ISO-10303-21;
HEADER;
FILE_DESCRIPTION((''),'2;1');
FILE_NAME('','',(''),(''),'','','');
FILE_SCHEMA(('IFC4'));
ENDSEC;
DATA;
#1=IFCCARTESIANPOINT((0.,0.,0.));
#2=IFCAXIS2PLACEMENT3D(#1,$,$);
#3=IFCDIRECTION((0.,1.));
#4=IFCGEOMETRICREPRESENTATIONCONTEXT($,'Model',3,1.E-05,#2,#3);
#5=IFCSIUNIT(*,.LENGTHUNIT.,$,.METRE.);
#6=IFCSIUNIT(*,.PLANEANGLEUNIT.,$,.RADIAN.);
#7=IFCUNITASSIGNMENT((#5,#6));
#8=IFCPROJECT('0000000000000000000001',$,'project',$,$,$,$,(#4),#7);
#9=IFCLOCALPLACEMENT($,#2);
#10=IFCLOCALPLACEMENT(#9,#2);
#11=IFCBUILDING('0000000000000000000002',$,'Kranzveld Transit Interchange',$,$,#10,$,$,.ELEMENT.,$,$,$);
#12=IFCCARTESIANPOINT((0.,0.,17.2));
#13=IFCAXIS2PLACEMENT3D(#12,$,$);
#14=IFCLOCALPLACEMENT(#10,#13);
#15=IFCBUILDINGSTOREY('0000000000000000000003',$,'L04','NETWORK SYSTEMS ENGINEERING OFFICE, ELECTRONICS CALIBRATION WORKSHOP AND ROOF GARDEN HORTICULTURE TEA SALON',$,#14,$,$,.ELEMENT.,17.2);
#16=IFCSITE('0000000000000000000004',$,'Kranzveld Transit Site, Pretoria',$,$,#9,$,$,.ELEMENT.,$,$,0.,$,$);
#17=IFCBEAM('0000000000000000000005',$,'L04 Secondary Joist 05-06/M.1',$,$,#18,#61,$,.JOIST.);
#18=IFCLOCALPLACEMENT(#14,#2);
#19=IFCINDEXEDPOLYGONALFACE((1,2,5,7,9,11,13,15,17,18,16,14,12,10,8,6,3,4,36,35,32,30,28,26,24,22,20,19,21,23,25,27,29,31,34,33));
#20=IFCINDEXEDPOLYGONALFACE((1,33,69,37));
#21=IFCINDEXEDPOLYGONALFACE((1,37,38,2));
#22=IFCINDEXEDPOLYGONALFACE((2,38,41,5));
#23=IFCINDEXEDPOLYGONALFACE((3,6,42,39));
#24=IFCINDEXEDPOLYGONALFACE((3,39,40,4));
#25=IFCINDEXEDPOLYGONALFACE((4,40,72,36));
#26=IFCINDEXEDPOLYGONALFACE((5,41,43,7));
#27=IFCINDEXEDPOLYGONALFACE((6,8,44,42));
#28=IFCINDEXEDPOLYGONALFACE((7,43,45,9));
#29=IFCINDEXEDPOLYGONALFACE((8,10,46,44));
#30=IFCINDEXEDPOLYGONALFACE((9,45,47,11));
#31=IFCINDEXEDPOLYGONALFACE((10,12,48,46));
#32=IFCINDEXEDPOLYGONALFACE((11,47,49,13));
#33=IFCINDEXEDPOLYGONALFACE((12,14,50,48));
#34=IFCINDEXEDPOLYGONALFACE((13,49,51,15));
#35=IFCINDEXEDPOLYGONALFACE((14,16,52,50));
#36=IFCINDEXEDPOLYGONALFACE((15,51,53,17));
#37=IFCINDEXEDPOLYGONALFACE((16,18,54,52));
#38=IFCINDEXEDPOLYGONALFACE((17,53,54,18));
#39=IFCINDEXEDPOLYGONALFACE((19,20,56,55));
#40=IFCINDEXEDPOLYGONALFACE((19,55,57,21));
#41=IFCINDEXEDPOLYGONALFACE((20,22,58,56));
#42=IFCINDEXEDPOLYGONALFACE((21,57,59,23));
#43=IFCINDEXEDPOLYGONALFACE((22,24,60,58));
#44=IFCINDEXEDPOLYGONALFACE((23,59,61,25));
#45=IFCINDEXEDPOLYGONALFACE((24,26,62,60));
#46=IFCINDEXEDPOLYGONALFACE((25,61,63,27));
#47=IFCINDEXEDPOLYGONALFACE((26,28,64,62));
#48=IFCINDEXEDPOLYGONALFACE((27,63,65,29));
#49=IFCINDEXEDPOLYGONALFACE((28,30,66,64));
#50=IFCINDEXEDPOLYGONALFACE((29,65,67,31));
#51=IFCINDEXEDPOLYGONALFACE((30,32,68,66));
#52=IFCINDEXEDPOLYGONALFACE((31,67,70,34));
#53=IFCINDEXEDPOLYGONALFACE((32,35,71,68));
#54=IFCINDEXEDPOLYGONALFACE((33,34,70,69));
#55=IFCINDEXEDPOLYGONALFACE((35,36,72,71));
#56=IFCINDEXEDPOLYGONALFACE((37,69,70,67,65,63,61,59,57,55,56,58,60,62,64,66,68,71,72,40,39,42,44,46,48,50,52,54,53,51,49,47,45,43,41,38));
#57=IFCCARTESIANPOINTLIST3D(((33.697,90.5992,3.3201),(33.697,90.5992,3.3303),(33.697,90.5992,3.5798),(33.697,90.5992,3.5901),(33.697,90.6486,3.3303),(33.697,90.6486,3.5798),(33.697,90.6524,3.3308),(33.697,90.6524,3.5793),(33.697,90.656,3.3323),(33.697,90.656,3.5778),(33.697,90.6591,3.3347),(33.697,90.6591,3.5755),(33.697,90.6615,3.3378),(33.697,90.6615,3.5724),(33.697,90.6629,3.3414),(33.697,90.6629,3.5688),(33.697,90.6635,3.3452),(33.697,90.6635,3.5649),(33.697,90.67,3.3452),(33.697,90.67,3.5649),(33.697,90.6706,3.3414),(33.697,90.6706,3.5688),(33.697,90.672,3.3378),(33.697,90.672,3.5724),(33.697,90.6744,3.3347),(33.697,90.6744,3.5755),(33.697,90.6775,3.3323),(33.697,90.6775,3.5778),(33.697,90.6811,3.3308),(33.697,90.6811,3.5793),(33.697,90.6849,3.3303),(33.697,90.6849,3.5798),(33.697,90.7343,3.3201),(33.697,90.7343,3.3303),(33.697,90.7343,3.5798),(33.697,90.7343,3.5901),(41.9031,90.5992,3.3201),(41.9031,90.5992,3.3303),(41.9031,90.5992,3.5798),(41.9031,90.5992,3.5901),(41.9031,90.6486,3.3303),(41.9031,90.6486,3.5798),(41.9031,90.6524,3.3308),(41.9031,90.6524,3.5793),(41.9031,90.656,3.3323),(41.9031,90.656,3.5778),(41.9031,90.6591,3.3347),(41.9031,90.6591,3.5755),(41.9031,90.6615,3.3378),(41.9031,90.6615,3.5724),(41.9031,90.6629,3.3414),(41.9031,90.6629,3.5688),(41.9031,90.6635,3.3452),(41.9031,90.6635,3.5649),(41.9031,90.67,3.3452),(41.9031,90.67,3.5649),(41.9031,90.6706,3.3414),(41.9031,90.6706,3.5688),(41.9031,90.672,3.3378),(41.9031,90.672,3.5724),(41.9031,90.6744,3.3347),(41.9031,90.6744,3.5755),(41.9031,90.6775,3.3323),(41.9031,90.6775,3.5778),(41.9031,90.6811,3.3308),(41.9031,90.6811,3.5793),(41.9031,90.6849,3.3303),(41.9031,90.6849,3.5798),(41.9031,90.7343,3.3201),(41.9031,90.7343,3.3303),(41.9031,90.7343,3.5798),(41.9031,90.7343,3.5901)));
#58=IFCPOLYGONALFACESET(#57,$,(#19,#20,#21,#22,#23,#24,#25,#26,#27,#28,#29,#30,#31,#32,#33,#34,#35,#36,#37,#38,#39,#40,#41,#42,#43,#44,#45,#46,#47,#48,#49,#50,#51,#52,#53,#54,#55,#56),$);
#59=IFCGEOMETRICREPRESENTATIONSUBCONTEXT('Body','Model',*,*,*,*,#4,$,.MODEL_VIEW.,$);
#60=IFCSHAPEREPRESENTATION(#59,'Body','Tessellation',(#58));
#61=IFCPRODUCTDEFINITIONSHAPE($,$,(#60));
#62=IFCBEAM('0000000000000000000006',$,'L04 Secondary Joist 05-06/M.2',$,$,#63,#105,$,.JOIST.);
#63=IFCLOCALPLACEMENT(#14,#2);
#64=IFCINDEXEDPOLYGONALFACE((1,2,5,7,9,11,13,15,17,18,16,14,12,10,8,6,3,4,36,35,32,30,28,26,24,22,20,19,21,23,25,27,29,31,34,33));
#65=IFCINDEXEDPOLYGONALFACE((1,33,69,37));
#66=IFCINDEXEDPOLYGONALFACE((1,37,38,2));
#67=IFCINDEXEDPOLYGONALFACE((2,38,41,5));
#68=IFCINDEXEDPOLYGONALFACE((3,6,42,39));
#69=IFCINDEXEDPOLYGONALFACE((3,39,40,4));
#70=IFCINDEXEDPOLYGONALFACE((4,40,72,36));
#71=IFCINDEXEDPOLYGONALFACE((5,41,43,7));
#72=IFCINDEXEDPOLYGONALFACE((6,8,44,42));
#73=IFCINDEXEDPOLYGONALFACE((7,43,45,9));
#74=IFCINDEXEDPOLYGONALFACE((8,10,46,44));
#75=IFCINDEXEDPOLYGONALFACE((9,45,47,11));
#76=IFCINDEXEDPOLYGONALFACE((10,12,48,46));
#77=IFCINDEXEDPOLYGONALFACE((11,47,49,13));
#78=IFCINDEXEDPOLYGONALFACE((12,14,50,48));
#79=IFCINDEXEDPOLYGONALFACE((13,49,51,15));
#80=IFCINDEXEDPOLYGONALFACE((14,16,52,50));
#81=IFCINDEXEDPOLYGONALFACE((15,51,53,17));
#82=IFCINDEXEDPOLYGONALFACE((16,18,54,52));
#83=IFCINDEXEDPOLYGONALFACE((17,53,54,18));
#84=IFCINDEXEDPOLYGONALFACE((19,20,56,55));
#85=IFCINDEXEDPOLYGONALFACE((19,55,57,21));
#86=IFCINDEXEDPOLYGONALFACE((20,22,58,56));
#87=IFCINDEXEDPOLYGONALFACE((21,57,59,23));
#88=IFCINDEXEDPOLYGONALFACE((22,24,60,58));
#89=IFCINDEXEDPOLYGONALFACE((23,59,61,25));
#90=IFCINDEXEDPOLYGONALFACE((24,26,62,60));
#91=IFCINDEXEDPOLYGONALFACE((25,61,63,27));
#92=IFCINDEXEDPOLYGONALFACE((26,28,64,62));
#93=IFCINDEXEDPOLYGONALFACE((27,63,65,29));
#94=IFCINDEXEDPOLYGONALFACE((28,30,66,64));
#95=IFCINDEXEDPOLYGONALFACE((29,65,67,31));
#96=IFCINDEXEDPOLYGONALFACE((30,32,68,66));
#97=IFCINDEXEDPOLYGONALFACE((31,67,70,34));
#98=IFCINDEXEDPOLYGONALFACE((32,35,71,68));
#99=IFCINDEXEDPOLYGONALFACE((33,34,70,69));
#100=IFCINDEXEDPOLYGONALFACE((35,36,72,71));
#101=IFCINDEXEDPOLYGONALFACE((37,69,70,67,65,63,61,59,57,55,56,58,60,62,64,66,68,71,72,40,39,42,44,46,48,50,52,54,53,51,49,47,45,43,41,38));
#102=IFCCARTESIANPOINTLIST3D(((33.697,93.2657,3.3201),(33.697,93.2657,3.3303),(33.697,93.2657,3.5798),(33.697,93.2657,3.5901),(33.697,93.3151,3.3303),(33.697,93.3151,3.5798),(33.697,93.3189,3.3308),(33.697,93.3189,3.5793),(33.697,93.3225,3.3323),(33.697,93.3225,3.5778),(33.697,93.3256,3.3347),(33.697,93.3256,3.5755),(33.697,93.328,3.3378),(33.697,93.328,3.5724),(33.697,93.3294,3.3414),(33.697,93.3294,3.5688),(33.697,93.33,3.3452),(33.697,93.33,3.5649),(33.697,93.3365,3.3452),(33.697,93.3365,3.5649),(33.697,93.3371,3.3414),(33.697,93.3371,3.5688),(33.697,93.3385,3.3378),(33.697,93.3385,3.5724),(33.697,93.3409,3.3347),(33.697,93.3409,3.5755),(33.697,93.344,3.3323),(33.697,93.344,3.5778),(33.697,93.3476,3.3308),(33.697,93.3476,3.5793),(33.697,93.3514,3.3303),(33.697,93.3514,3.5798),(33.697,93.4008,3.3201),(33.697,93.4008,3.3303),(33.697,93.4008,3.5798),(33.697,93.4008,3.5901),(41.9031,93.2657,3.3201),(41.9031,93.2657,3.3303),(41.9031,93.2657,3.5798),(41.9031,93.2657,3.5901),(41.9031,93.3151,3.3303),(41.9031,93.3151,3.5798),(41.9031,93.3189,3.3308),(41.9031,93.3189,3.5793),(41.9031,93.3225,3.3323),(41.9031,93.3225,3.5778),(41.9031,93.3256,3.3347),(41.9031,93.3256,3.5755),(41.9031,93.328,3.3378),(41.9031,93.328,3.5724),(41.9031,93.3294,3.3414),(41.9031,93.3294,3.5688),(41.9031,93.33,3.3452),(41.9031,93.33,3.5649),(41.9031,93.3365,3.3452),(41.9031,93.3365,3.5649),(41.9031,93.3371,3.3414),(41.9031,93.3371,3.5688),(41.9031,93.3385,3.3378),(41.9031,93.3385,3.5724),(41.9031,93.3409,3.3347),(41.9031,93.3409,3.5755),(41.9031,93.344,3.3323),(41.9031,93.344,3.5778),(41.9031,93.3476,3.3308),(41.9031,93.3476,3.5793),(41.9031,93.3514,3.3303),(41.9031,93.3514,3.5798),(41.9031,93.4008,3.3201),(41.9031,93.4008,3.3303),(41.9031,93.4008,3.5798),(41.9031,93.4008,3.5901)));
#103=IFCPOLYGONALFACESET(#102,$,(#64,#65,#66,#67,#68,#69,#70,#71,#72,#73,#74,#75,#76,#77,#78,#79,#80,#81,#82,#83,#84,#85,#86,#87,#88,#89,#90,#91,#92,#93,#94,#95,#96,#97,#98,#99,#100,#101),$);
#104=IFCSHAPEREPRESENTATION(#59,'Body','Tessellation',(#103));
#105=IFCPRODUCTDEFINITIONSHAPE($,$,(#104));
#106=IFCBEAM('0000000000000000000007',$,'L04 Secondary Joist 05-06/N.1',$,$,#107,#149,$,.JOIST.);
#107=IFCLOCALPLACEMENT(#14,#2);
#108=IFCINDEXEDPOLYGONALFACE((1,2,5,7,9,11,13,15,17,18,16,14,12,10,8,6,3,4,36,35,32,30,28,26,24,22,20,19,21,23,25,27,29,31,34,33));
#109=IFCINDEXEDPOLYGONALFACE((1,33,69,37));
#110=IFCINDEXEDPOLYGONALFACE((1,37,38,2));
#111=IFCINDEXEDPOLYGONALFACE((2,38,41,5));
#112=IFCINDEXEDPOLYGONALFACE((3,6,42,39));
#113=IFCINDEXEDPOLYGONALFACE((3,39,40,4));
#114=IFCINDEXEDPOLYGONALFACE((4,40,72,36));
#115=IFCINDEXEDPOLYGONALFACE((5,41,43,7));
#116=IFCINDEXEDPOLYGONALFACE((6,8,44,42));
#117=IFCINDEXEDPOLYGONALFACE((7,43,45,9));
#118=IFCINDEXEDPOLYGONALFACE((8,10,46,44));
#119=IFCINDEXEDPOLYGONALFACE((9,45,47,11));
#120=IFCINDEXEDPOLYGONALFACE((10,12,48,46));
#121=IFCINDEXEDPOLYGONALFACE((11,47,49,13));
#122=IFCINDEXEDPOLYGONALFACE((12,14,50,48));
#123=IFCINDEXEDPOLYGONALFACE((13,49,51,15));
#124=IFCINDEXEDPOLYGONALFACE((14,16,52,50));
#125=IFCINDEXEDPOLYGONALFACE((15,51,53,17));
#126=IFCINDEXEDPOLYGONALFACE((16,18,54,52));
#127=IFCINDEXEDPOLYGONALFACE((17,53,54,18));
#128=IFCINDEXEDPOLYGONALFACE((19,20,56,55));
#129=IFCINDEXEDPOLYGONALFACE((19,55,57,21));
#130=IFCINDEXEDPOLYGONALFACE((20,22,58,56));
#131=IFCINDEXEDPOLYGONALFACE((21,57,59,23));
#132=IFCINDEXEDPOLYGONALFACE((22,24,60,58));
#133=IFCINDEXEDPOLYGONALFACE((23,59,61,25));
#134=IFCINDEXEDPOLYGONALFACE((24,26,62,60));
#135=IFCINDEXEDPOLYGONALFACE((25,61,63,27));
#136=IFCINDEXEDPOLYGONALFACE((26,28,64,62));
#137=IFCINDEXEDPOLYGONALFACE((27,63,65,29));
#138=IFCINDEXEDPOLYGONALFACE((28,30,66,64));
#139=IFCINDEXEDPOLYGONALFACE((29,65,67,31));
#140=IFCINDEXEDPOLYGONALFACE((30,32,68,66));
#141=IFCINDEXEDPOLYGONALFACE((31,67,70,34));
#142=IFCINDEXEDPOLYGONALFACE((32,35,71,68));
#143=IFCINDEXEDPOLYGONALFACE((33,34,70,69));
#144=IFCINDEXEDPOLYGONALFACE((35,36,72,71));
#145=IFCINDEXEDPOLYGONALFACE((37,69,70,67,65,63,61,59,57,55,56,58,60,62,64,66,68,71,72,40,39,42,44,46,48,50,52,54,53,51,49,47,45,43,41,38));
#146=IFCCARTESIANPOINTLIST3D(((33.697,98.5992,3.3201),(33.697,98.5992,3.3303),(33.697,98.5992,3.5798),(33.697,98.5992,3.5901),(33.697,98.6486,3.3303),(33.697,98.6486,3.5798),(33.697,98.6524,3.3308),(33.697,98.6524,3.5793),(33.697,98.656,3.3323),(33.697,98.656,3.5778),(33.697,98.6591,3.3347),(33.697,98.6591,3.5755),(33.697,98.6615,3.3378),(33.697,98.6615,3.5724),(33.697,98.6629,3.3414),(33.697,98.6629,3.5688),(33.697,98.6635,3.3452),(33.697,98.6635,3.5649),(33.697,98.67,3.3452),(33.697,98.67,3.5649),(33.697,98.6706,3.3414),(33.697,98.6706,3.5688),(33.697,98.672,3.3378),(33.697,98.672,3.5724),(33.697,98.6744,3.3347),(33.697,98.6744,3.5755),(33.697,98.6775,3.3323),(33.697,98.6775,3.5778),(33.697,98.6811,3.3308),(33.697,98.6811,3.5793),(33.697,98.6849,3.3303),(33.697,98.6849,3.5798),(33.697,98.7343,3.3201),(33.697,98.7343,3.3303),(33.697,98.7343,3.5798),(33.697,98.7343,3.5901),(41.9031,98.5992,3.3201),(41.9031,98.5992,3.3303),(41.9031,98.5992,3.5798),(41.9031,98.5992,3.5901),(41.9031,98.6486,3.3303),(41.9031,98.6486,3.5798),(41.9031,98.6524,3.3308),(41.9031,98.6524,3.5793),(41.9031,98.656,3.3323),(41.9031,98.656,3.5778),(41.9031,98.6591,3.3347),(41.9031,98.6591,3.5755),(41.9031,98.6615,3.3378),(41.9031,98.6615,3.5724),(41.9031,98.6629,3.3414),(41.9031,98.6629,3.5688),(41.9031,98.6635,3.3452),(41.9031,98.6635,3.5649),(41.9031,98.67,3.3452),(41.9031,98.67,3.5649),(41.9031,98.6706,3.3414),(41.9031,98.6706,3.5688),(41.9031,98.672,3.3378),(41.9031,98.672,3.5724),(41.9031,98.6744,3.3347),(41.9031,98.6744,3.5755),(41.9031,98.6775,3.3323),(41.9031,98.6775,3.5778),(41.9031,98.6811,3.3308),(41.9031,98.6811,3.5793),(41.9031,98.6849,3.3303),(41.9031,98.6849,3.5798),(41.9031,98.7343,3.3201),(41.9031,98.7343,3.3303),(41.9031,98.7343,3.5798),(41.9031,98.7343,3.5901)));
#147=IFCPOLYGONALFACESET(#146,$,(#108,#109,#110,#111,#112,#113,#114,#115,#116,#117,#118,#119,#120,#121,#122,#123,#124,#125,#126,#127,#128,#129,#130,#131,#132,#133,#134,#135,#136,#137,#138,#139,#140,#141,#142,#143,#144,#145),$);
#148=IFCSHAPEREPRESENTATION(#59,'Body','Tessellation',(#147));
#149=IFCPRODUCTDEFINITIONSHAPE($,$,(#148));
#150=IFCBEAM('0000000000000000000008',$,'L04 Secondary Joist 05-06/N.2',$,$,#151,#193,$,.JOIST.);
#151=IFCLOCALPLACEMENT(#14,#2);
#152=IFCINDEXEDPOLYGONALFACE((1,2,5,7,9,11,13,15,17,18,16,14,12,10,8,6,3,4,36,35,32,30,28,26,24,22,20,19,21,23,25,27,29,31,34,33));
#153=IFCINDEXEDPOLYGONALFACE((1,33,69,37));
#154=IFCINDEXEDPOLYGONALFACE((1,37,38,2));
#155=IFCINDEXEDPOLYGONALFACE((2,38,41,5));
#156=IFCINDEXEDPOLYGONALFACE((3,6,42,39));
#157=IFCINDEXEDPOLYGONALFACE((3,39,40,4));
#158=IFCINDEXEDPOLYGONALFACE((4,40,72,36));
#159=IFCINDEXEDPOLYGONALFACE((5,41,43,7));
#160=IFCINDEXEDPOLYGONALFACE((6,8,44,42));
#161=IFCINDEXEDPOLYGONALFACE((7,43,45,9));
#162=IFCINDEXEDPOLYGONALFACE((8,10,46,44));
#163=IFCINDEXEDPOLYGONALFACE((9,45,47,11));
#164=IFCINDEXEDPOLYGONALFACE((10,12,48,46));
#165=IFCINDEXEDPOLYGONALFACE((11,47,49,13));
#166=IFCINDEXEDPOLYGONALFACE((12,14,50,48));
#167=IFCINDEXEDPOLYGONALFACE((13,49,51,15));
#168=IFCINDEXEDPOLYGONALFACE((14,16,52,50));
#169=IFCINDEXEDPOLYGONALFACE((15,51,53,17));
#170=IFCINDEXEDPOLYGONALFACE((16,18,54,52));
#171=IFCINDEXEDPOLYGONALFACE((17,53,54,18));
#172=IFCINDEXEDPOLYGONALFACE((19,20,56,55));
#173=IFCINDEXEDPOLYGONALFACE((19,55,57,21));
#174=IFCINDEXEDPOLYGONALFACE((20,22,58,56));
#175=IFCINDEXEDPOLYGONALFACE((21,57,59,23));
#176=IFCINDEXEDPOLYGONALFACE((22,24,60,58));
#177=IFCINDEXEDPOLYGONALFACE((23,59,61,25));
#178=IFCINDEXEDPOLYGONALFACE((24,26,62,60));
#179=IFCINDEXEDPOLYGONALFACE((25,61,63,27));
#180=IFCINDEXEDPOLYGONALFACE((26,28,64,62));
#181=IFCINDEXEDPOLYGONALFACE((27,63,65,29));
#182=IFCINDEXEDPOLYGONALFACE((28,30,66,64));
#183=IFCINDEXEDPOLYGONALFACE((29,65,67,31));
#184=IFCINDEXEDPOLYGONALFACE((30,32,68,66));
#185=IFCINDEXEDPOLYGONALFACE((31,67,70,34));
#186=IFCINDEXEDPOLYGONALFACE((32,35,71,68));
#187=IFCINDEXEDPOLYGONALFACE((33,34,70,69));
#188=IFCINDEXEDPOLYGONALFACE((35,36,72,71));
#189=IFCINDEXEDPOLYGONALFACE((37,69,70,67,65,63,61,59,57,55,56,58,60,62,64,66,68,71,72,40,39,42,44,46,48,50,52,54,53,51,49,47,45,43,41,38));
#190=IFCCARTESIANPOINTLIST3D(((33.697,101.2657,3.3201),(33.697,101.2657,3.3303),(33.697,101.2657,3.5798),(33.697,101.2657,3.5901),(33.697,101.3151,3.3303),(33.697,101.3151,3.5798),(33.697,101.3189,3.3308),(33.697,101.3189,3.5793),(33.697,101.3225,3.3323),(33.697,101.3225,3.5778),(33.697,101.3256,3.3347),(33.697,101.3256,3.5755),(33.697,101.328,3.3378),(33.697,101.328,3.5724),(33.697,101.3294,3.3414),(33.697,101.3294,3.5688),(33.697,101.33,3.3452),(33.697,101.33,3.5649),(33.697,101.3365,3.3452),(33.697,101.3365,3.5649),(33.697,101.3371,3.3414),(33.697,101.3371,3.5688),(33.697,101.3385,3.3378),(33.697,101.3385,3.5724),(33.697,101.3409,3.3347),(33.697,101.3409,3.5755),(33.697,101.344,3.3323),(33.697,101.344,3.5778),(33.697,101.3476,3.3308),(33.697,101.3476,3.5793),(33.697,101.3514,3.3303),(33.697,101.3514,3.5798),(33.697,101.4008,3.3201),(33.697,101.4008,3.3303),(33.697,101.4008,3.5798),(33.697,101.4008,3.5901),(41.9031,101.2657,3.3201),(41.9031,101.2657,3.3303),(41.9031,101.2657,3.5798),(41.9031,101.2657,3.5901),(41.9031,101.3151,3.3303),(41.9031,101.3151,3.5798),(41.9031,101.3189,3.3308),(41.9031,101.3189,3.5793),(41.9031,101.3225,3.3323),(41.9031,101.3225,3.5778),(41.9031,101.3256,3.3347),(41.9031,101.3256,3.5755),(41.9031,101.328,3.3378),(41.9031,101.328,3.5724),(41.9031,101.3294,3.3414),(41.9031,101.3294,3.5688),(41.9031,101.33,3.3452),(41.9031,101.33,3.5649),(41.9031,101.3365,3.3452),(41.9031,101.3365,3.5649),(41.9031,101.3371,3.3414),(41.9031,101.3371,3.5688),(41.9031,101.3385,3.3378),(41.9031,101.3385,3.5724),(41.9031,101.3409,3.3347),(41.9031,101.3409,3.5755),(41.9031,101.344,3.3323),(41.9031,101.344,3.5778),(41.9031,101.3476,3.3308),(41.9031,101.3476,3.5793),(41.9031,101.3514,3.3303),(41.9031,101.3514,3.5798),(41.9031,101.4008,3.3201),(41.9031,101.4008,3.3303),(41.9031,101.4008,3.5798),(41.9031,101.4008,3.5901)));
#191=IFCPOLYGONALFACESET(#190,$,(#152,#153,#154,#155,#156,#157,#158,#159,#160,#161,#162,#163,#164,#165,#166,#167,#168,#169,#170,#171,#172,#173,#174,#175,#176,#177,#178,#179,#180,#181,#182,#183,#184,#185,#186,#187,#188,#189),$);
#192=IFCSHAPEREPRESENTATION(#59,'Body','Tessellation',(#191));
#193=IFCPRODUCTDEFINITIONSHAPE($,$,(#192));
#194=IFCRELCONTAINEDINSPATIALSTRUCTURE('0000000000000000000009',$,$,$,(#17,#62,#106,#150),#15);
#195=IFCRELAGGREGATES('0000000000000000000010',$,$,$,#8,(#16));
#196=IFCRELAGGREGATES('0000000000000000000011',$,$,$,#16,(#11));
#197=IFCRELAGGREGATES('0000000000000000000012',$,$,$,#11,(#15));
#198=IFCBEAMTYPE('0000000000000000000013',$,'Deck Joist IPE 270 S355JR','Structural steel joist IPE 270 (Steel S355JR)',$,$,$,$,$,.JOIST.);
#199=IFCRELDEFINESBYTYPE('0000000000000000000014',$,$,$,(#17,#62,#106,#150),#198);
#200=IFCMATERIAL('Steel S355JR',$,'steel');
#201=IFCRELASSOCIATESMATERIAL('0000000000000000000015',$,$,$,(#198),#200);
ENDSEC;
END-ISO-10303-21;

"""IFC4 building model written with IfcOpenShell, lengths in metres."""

from ifc_helpers import new_model, si_unit, direction, frame, origin, origin_2d, place, context, subcontext, project, spatial, i_section, extrude, material, material_profile, profile_set, type_object, element, save


model = new_model("IFC4")

# Units and contexts
model_context = context("Model", 3, precision=1e-05, world=origin(), true_north=direction((0.0, 1.0)))
body_context = subcontext(model_context, "Body", "Model", "MODEL_VIEW")
ifc_project = project(units=[si_unit("LENGTHUNIT", "METRE"), si_unit("PLANEANGLEUNIT", "RADIAN")], contexts=[model_context])

# Site, building, storey
site_placement = place(None, origin())
site = spatial("IfcSite", under=ifc_project, at=site_placement, Name="Kranzveld Transit Site, Pretoria", CompositionType="ELEMENT", RefElevation=0.0)
building_placement = place(site_placement, origin())
building = spatial("IfcBuilding", under=site, at=building_placement, Name="Kranzveld Transit Interchange", CompositionType="ELEMENT")
storey_placement = place(building_placement, frame((0.0, 0.0, 17.2)))
storey = spatial("IfcBuildingStorey", under=building, at=storey_placement, Name="L04", Description="NETWORK SYSTEMS ENGINEERING OFFICE, ELECTRONICS CALIBRATION WORKSHOP AND ROOF GARDEN HORTICULTURE TEA SALON", CompositionType="ELEMENT", Elevation=17.2)

# Beams
ifc_material_1 = material(Name="Steel S355JR", Category="steel")
ifc_material_profile_1 = material_profile(ifc_material_1, i_section(OverallWidth=0.135, OverallDepth=0.27, WebThickness=0.0066, FlangeThickness=0.0103, FilletRadius=0.0149, at=origin_2d()), Name="IPE 270")
ifc_profile_set_1 = profile_set([ifc_material_profile_1], Name="Steel S355JR")
beam_type_1 = type_object("IfcBeamType", Name="Deck Joist IPE 270 S355JR", Description="Structural steel joist IPE 270 (Steel S355JR)", PredefinedType="JOIST", material=ifc_profile_set_1)
for number, where, z_axis, x_axis, name in (
    (1, (33.697, 90.6667, 3.4551), (1.0, 0.0, 0.0), (0.0, 1.0, 0.0), "L04 Secondary Joist 05-06/M.1"),
    (2, (33.697, 93.3333, 3.4551), (1.0, 0.0, 0.0), (0.0, 1.0, 0.0), "L04 Secondary Joist 05-06/M.2"),
    (3, (33.697, 98.6667, 3.4551), (1.0, 0.0, 0.0), (0.0, 1.0, 0.0), "L04 Secondary Joist 05-06/N.1"),
    (4, (33.697, 101.3333, 3.4551), (1.0, 0.0, 0.0), (0.0, 1.0, 0.0), "L04 Secondary Joist 05-06/N.2"),
):
    element("IfcBeam", number, at=place(storey_placement, frame(where, z_axis=z_axis, x_axis=x_axis)), inside=storey, type_object=beam_type_1, Name=name, PredefinedType="JOIST", context=body_context, shape_type="SweptSolid", body=[
        extrude(i_section(OverallWidth=0.135, OverallDepth=0.27, WebThickness=0.0066, FlangeThickness=0.0103, FilletRadius=0.0149, at=origin_2d()), origin(), (0.0, 0.0, 1.0), 8.2061),
    ])

save(model, "model.ifc")
